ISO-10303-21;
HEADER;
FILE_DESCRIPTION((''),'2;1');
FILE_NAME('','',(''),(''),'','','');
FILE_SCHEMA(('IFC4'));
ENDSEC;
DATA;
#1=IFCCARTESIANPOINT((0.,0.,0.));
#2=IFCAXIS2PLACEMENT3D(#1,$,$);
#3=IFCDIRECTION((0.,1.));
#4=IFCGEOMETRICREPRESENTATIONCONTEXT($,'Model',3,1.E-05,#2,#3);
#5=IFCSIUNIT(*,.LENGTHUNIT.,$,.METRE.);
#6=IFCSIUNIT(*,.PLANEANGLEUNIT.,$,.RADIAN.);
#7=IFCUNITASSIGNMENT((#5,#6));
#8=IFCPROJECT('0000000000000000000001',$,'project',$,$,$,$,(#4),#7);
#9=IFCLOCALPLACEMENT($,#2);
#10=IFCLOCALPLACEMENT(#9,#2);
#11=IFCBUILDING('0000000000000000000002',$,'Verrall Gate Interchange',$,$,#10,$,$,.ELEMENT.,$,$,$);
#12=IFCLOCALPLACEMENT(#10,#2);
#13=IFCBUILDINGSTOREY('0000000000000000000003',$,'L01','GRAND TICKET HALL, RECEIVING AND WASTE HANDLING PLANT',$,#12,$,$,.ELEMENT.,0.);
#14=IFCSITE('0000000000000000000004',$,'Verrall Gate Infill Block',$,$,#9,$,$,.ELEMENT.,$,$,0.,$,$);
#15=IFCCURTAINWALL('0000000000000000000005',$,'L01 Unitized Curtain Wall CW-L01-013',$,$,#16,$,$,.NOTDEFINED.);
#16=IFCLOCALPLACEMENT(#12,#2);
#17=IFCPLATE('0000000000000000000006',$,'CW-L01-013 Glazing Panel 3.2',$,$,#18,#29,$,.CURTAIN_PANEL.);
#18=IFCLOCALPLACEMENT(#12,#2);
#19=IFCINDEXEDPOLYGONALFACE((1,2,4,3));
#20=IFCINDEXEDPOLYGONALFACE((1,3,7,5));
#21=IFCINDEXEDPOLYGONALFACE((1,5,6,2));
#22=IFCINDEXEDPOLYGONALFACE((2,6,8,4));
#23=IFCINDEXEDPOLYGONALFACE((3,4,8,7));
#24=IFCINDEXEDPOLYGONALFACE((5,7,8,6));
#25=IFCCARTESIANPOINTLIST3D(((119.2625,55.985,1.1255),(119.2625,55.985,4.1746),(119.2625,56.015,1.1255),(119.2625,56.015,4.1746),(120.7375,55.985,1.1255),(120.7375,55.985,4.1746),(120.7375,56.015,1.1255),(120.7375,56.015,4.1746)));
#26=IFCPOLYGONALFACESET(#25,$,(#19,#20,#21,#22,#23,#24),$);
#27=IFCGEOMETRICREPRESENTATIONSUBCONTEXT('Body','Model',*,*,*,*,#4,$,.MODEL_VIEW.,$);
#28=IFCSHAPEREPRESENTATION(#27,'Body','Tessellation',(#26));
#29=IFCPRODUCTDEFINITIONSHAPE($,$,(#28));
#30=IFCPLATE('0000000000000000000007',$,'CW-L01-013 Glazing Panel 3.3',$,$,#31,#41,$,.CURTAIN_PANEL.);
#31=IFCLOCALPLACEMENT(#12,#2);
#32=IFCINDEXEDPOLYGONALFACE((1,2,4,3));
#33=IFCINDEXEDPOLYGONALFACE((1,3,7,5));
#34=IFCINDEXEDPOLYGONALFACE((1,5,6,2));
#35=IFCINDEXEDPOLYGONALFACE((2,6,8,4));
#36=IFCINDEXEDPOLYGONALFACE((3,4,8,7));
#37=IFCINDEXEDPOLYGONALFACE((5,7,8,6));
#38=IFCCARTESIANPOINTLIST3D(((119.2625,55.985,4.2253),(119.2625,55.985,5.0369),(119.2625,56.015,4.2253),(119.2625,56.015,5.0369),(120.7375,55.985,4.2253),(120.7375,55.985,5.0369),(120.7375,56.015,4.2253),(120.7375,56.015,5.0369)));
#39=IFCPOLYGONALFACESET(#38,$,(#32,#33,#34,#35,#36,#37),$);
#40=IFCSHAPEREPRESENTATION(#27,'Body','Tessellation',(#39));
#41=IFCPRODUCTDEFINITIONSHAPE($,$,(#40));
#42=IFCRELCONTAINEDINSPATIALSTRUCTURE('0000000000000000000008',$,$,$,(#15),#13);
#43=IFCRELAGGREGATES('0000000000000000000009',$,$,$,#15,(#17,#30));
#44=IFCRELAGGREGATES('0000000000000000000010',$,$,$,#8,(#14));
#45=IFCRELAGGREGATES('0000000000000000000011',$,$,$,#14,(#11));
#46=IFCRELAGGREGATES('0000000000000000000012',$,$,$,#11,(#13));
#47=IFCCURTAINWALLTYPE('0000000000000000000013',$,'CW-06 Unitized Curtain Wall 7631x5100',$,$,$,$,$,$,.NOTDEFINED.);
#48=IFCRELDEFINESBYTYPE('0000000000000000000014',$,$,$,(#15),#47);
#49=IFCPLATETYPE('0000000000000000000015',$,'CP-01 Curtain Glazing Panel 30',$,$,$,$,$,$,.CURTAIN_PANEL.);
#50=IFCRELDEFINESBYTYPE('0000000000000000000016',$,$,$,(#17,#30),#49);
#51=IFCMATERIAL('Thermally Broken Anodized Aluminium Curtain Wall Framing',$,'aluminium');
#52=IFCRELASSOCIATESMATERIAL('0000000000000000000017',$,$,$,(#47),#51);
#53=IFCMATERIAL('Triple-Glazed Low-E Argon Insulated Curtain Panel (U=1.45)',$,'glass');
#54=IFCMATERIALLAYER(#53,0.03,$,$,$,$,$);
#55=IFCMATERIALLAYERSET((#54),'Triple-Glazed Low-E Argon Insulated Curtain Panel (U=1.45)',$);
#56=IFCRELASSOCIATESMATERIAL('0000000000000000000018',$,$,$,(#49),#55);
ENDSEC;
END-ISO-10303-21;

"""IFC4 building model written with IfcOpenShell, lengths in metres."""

from ifc_helpers import new_model, si_unit, direction, frame, origin, origin_2d, place, context, subcontext, project, spatial, rectangle, extrude, material, layer, layer_set, type_object, element, aggregate, save


model = new_model("IFC4")

# Units and contexts
model_context = context("Model", 3, precision=1e-05, world=origin(), true_north=direction((0.0, 1.0)))
body_context = subcontext(model_context, "Body", "Model", "MODEL_VIEW")
ifc_project = project(units=[si_unit("LENGTHUNIT", "METRE"), si_unit("PLANEANGLEUNIT", "RADIAN")], contexts=[model_context])

# Site, building, storey
site_placement = place(None, origin())
site = spatial("IfcSite", under=ifc_project, at=site_placement, Name="Verrall Gate Infill Block", CompositionType="ELEMENT", RefElevation=0.0)
building_placement = place(site_placement, origin())
building = spatial("IfcBuilding", under=site, at=building_placement, Name="Verrall Gate Interchange", CompositionType="ELEMENT")
storey_placement = place(building_placement, origin())
storey = spatial("IfcBuildingStorey", under=building, at=storey_placement, Name="L01", Description="GRAND TICKET HALL, RECEIVING AND WASTE HANDLING PLANT", CompositionType="ELEMENT", Elevation=0.0)

# Shared definitions
ifc_material_1 = material(Name="Thermally Broken Anodized Aluminium Curtain Wall Framing", Category="aluminium")
curtain_wall_type = type_object("IfcCurtainWallType", Name="CW-06 Unitized Curtain Wall 7631x5100", PredefinedType="NOTDEFINED", material=ifc_material_1)

# Curtain wall
curtain_wall_1_placement = place(storey_placement, origin())
curtain_wall_1 = element("IfcCurtainWall", 1, at=curtain_wall_1_placement, inside=storey, type_object=curtain_wall_type, Name="L01 Unitized Curtain Wall CW-L01-013", PredefinedType="NOTDEFINED")

# Plates
ifc_material_2 = material(Name="Triple-Glazed Low-E Argon Insulated Curtain Panel (U=1.45)", Category="glass")
ifc_layer_1 = layer(ifc_material_2, 0.03)
ifc_layer_set_1 = layer_set([ifc_layer_1], Name="Triple-Glazed Low-E Argon Insulated Curtain Panel (U=1.45)")
plate_type_1 = type_object("IfcPlateType", Name="CP-01 Curtain Glazing Panel 30", PredefinedType="CURTAIN_PANEL", material=ifc_layer_set_1)
plate_1_placement = place(storey_placement, frame((120.0, 56.0, 1.1255), z_axis=(0.0, 0.0, 1.0), x_axis=(-1.0, 0.0, 0.0)))
plate_1 = element("IfcPlate", 2, at=plate_1_placement, type_object=plate_type_1, Name="CW-L01-013 Glazing Panel 3.2", PredefinedType="CURTAIN_PANEL", context=body_context, shape_type="SweptSolid", body=[
    extrude(rectangle(XDim=1.4751, YDim=0.03, at=origin_2d()), origin(), (0.0, 0.0, 1.0), 3.0491),
])
plate_2_placement = place(storey_placement, frame((120.0, 56.0, 4.2253), z_axis=(0.0, 0.0, 1.0), x_axis=(-1.0, 0.0, 0.0)))
plate_2 = element("IfcPlate", 3, at=plate_2_placement, type_object=plate_type_1, Name="CW-L01-013 Glazing Panel 3.3", PredefinedType="CURTAIN_PANEL", context=body_context, shape_type="SweptSolid", body=[
    extrude(rectangle(XDim=1.4751, YDim=0.03, at=origin_2d()), origin(), (0.0, 0.0, 1.0), 0.8115),
])
aggregate(curtain_wall_1, [plate_1, plate_2])

save(model, "model.ifc")
